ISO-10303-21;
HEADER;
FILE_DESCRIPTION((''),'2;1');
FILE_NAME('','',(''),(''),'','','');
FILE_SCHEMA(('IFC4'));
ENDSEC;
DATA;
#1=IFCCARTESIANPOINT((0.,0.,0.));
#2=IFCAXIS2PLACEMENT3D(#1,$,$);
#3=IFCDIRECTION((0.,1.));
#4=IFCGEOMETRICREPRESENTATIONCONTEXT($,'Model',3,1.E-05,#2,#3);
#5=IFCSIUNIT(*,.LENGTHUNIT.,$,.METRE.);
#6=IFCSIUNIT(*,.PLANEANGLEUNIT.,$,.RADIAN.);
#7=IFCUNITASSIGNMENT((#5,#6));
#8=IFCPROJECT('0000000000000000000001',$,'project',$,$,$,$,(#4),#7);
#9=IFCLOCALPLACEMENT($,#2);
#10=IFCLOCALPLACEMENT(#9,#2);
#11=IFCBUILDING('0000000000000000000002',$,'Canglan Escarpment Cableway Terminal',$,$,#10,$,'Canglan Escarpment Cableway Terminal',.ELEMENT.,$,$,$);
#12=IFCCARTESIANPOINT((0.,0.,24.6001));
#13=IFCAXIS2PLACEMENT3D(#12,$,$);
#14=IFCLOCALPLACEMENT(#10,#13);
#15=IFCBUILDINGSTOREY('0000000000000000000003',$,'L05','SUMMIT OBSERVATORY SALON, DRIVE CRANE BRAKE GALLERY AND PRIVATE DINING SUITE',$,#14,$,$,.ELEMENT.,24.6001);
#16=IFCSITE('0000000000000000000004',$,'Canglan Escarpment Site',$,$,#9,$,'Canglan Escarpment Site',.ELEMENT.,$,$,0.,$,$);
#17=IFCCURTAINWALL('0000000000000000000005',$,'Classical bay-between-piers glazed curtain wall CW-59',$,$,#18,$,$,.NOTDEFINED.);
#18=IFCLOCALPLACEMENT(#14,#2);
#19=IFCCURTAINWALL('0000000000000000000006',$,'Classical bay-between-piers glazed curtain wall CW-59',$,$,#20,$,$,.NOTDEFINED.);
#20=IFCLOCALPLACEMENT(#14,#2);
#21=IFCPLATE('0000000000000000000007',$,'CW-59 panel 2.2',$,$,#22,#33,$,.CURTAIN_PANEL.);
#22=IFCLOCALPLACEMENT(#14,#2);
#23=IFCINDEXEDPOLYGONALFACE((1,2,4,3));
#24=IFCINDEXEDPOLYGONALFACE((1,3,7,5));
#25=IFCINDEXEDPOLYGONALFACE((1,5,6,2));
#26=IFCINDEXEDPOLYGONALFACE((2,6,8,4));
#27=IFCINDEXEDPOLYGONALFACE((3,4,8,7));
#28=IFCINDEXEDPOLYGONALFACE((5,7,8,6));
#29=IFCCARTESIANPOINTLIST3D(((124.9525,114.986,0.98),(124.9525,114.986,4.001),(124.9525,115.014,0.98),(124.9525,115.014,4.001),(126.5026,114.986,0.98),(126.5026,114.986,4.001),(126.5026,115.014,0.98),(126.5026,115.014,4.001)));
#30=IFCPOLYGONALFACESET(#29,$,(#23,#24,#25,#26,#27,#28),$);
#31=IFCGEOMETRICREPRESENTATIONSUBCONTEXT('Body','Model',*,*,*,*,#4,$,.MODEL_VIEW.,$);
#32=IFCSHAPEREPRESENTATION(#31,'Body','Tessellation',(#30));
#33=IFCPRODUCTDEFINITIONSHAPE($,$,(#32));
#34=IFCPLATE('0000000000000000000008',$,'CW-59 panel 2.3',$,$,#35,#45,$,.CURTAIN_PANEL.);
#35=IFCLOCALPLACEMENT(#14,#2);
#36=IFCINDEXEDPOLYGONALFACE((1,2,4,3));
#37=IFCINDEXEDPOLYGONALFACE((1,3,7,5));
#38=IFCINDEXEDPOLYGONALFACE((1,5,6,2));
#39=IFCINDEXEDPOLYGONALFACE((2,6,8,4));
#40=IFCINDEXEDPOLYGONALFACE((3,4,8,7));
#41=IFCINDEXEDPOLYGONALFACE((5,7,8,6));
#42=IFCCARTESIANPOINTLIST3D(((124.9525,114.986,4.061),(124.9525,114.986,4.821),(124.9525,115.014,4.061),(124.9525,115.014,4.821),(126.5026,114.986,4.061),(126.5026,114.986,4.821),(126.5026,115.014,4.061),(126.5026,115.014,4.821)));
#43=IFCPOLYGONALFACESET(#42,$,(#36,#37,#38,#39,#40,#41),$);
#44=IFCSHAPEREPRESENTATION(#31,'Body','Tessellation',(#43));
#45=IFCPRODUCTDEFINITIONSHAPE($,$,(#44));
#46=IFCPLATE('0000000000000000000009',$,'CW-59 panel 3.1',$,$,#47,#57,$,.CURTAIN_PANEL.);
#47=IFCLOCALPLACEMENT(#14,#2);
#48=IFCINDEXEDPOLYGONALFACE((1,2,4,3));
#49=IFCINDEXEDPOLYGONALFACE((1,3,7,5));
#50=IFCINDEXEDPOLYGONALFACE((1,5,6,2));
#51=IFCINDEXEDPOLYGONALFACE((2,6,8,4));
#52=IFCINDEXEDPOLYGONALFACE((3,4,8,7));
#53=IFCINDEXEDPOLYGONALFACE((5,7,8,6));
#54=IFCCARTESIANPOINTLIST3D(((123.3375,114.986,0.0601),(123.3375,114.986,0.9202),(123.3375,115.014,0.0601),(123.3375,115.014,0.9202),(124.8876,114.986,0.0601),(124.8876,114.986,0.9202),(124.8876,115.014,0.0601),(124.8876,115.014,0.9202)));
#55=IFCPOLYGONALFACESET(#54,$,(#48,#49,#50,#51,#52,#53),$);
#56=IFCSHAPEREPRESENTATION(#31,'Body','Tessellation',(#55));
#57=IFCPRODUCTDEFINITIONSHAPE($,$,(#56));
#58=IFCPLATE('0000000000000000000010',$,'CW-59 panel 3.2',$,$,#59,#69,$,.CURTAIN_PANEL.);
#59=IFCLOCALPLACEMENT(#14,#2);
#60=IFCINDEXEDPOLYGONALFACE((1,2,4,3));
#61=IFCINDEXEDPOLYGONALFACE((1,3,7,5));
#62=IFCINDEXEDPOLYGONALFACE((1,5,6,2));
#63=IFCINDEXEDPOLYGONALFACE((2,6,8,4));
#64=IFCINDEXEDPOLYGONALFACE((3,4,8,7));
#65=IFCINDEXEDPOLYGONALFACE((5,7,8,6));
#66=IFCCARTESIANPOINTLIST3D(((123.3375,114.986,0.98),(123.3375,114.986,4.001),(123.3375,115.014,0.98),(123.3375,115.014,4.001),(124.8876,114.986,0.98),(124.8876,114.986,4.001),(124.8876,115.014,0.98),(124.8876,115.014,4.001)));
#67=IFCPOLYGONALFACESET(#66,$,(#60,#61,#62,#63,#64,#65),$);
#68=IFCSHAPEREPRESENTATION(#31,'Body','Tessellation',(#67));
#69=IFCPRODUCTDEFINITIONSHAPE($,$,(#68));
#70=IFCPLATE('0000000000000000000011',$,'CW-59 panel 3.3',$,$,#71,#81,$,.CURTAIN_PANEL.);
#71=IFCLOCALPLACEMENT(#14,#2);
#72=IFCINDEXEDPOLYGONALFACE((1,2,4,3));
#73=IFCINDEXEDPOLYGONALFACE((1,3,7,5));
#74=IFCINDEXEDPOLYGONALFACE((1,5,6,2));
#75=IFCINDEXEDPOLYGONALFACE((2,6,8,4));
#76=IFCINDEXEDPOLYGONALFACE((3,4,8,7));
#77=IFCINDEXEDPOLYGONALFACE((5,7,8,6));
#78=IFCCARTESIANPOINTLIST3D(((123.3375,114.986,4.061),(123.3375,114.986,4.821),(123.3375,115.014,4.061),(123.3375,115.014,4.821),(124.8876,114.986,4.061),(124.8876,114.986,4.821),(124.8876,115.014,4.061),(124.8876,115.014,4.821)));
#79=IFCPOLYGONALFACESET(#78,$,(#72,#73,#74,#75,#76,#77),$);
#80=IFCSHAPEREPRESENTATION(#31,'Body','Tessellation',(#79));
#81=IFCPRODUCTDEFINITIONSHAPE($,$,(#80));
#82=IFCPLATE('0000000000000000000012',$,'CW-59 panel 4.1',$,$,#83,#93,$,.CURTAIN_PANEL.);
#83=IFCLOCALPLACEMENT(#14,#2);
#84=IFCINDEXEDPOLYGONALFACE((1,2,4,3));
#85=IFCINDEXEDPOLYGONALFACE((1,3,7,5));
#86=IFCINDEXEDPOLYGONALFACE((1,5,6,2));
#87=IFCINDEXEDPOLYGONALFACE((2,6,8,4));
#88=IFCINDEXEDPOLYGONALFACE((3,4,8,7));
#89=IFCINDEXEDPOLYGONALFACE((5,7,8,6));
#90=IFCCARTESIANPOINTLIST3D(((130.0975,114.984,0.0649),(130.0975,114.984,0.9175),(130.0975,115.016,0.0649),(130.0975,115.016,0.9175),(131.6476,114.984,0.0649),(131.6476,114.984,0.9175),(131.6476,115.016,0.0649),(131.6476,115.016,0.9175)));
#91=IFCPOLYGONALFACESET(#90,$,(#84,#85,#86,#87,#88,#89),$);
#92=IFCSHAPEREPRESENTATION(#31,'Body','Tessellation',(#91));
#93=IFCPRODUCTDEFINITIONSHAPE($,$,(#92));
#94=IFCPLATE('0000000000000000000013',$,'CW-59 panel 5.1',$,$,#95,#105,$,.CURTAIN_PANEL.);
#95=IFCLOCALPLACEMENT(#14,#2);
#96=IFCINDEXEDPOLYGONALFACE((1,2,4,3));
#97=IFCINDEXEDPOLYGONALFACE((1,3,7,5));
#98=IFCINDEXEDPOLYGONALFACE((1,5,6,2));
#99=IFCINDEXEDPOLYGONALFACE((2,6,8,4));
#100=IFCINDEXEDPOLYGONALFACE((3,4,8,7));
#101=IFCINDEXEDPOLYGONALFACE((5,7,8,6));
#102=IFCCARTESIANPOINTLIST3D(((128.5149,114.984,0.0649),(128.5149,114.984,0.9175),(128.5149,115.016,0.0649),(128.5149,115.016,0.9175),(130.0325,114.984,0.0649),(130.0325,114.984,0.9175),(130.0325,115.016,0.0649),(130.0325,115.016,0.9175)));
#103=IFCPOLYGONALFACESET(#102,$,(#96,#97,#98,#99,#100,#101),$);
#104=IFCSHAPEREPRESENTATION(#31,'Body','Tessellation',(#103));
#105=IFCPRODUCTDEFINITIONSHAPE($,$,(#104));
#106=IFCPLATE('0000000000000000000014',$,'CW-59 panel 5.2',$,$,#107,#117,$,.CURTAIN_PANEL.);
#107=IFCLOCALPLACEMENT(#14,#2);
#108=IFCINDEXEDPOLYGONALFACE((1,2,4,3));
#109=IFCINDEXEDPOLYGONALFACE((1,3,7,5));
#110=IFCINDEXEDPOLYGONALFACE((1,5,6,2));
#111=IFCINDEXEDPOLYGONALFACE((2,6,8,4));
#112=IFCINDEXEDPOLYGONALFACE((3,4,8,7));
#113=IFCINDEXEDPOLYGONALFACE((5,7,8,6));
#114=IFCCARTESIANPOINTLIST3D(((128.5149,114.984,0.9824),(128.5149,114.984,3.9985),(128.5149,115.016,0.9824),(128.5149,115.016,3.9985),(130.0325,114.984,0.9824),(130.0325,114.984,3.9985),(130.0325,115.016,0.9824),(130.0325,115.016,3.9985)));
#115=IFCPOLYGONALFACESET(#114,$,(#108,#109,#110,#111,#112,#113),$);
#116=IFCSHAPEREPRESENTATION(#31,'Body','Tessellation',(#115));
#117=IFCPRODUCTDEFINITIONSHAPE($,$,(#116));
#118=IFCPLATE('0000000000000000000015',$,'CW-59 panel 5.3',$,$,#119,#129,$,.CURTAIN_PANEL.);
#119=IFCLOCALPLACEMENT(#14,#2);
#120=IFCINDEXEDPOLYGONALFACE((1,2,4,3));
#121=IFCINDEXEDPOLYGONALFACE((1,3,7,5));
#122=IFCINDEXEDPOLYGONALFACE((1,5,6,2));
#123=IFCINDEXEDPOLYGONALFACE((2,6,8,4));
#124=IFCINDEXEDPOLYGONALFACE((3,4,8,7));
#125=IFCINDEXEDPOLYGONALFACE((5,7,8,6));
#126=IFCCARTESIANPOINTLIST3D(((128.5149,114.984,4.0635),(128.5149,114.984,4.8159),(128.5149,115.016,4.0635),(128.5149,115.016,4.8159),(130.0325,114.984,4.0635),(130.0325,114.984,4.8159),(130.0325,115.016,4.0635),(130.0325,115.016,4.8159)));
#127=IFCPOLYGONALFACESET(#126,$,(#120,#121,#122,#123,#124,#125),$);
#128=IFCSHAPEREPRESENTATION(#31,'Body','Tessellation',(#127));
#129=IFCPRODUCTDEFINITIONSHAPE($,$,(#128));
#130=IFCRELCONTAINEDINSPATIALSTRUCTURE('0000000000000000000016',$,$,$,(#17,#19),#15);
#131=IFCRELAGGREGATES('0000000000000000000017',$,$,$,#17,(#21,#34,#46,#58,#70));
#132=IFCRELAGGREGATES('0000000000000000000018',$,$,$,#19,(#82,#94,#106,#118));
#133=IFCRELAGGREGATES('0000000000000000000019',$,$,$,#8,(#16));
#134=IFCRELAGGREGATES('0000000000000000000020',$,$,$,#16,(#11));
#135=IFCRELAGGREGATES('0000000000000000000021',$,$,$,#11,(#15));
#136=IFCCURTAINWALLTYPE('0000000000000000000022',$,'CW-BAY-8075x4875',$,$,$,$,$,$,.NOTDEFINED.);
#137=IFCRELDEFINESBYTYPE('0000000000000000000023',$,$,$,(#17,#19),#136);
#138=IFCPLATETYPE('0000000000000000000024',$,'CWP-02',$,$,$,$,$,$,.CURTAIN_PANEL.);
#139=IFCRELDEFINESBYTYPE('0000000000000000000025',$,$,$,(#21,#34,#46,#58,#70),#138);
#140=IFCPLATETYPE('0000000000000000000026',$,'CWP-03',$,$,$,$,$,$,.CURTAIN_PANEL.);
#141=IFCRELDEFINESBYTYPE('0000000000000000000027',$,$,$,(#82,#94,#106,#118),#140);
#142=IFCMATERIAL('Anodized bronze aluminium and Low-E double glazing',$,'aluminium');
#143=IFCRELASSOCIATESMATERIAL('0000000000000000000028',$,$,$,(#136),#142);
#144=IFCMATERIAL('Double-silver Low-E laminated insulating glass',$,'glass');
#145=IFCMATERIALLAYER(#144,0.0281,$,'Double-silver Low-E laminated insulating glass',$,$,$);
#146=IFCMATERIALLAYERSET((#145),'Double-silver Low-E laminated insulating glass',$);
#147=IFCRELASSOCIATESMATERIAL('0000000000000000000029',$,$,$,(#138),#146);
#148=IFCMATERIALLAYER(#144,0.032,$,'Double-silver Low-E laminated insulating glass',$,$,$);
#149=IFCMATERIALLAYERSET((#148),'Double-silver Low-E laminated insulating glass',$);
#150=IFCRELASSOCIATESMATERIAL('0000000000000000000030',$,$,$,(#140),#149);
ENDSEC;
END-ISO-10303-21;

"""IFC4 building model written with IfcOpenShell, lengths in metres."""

from ifc_helpers import new_model, si_unit, direction, frame, origin, origin_2d, place, context, subcontext, project, spatial, rectangle, extrude, material, layer, layer_set, type_object, element, aggregate, save


model = new_model("IFC4")

# Units and contexts
model_context = context("Model", 3, precision=1e-05, world=origin(), true_north=direction((0.0, 1.0)))
body_context = subcontext(model_context, "Body", "Model", "MODEL_VIEW")
ifc_project = project(units=[si_unit("LENGTHUNIT", "METRE"), si_unit("PLANEANGLEUNIT", "RADIAN")], contexts=[model_context])

# Site, building, storey
site_placement = place(None, origin())
site = spatial("IfcSite", under=ifc_project, at=site_placement, Name="Canglan Escarpment Site", LongName="Canglan Escarpment Site", CompositionType="ELEMENT", RefElevation=0.0)
building_placement = place(site_placement, origin())
building = spatial("IfcBuilding", under=site, at=building_placement, Name="Canglan Escarpment Cableway Terminal", LongName="Canglan Escarpment Cableway Terminal", CompositionType="ELEMENT")
storey_placement = place(building_placement, frame((0.0, 0.0, 24.6001)))
storey = spatial("IfcBuildingStorey", under=building, at=storey_placement, Name="L05", Description="SUMMIT OBSERVATORY SALON, DRIVE CRANE BRAKE GALLERY AND PRIVATE DINING SUITE", CompositionType="ELEMENT", Elevation=24.6001)

# Curtain walls
ifc_material_1 = material(Name="Anodized bronze aluminium and Low-E double glazing", Category="aluminium")
curtain_wall_type = type_object("IfcCurtainWallType", Name="CW-BAY-8075x4875", PredefinedType="NOTDEFINED", material=ifc_material_1)
curtain_wall_1_placement = place(storey_placement, origin())
curtain_wall_1 = element("IfcCurtainWall", 1, at=curtain_wall_1_placement, inside=storey, type_object=curtain_wall_type, Name="Classical bay-between-piers glazed curtain wall CW-59", PredefinedType="NOTDEFINED")
curtain_wall_2_placement = place(storey_placement, origin())
curtain_wall_2 = element("IfcCurtainWall", 2, at=curtain_wall_2_placement, inside=storey, type_object=curtain_wall_type, Name="Classical bay-between-piers glazed curtain wall CW-59", PredefinedType="NOTDEFINED")

# Plates
ifc_material_2 = material(Name="Double-silver Low-E laminated insulating glass", Category="glass")
ifc_layer_1 = layer(ifc_material_2, 0.0281, Name="Double-silver Low-E laminated insulating glass")
ifc_layer_set_1 = layer_set([ifc_layer_1], Name="Double-silver Low-E laminated insulating glass")
plate_type_1 = type_object("IfcPlateType", Name="CWP-02", PredefinedType="CURTAIN_PANEL", material=ifc_layer_set_1)
plate_1_placement = place(storey_placement, frame((125.7275, 115.0, 0.98), z_axis=(0.0, 0.0, 1.0), x_axis=(-1.0, 0.0, 0.0)))
plate_1 = element("IfcPlate", 3, at=plate_1_placement, type_object=plate_type_1, Name="CW-59 panel 2.2", PredefinedType="CURTAIN_PANEL", context=body_context, shape_type="SweptSolid", body=[
    extrude(rectangle(XDim=1.55, YDim=0.0281, at=origin_2d()), origin(), (0.0, 0.0, 1.0), 3.021),
])
plate_2_placement = place(storey_placement, frame((125.7275, 115.0, 4.061), z_axis=(0.0, 0.0, 1.0), x_axis=(-1.0, 0.0, 0.0)))
plate_2 = element("IfcPlate", 4, at=plate_2_placement, type_object=plate_type_1, Name="CW-59 panel 2.3", PredefinedType="CURTAIN_PANEL", context=body_context, shape_type="SweptSolid", body=[
    extrude(rectangle(XDim=1.55, YDim=0.0281, at=origin_2d()), origin(), (0.0, 0.0, 1.0), 0.76),
])
plate_3_placement = place(storey_placement, frame((124.1125, 115.0, 0.0601), z_axis=(0.0, 0.0, 1.0), x_axis=(-1.0, 0.0, 0.0)))
plate_3 = element("IfcPlate", 5, at=plate_3_placement, type_object=plate_type_1, Name="CW-59 panel 3.1", PredefinedType="CURTAIN_PANEL", context=body_context, shape_type="SweptSolid", body=[
    extrude(rectangle(XDim=1.55, YDim=0.0281, at=origin_2d()), origin(), (0.0, 0.0, 1.0), 0.8601),
])
plate_4_placement = place(storey_placement, frame((124.1125, 115.0, 0.98), z_axis=(0.0, 0.0, 1.0), x_axis=(-1.0, 0.0, 0.0)))
plate_4 = element("IfcPlate", 6, at=plate_4_placement, type_object=plate_type_1, Name="CW-59 panel 3.2", PredefinedType="CURTAIN_PANEL", context=body_context, shape_type="SweptSolid", body=[
    extrude(rectangle(XDim=1.55, YDim=0.0281, at=origin_2d()), origin(), (0.0, 0.0, 1.0), 3.021),
])
plate_5_placement = place(storey_placement, frame((124.1125, 115.0, 4.061), z_axis=(0.0, 0.0, 1.0), x_axis=(-1.0, 0.0, 0.0)))
plate_5 = element("IfcPlate", 7, at=plate_5_placement, type_object=plate_type_1, Name="CW-59 panel 3.3", PredefinedType="CURTAIN_PANEL", context=body_context, shape_type="SweptSolid", body=[
    extrude(rectangle(XDim=1.55, YDim=0.0281, at=origin_2d()), origin(), (0.0, 0.0, 1.0), 0.76),
])
aggregate(curtain_wall_1, [plate_1, plate_2, plate_3, plate_4, plate_5])
ifc_layer_2 = layer(ifc_material_2, 0.032, Name="Double-silver Low-E laminated insulating glass")
ifc_layer_set_2 = layer_set([ifc_layer_2], Name="Double-silver Low-E laminated insulating glass")
plate_type_2 = type_object("IfcPlateType", Name="CWP-03", PredefinedType="CURTAIN_PANEL", material=ifc_layer_set_2)
plate_6_placement = place(storey_placement, frame((130.8726, 115.0, 0.0649), z_axis=(0.0, 0.0, 1.0), x_axis=(-1.0, 0.0, 0.0)))
plate_6 = element("IfcPlate", 8, at=plate_6_placement, type_object=plate_type_2, Name="CW-59 panel 4.1", PredefinedType="CURTAIN_PANEL", context=body_context, shape_type="SweptSolid", body=[
    extrude(rectangle(XDim=1.55, YDim=0.032, at=origin_2d()), origin(), (0.0, 0.0, 1.0), 0.8525),
])
plate_7_placement = place(storey_placement, frame((129.2737, 115.0, 0.0649), z_axis=(0.0, 0.0, 1.0), x_axis=(-1.0, 0.0, 0.0)))
plate_7 = element("IfcPlate", 9, at=plate_7_placement, type_object=plate_type_2, Name="CW-59 panel 5.1", PredefinedType="CURTAIN_PANEL", context=body_context, shape_type="SweptSolid", body=[
    extrude(rectangle(XDim=1.5176, YDim=0.032, at=origin_2d()), origin(), (0.0, 0.0, 1.0), 0.8525),
])
plate_8_placement = place(storey_placement, frame((129.2737, 115.0, 0.9824), z_axis=(0.0, 0.0, 1.0), x_axis=(-1.0, 0.0, 0.0)))
plate_8 = element("IfcPlate", 10, at=plate_8_placement, type_object=plate_type_2, Name="CW-59 panel 5.2", PredefinedType="CURTAIN_PANEL", context=body_context, shape_type="SweptSolid", body=[
    extrude(rectangle(XDim=1.5176, YDim=0.032, at=origin_2d()), origin(), (0.0, 0.0, 1.0), 3.0161),
])
plate_9_placement = place(storey_placement, frame((129.2737, 115.0, 4.0635), z_axis=(0.0, 0.0, 1.0), x_axis=(-1.0, 0.0, 0.0)))
plate_9 = element("IfcPlate", 11, at=plate_9_placement, type_object=plate_type_2, Name="CW-59 panel 5.3", PredefinedType="CURTAIN_PANEL", context=body_context, shape_type="SweptSolid", body=[
    extrude(rectangle(XDim=1.5176, YDim=0.032, at=origin_2d()), origin(), (0.0, 0.0, 1.0), 0.7524),
])
aggregate(curtain_wall_2, [plate_6, plate_7, plate_8, plate_9])

save(model, "model.ifc")
